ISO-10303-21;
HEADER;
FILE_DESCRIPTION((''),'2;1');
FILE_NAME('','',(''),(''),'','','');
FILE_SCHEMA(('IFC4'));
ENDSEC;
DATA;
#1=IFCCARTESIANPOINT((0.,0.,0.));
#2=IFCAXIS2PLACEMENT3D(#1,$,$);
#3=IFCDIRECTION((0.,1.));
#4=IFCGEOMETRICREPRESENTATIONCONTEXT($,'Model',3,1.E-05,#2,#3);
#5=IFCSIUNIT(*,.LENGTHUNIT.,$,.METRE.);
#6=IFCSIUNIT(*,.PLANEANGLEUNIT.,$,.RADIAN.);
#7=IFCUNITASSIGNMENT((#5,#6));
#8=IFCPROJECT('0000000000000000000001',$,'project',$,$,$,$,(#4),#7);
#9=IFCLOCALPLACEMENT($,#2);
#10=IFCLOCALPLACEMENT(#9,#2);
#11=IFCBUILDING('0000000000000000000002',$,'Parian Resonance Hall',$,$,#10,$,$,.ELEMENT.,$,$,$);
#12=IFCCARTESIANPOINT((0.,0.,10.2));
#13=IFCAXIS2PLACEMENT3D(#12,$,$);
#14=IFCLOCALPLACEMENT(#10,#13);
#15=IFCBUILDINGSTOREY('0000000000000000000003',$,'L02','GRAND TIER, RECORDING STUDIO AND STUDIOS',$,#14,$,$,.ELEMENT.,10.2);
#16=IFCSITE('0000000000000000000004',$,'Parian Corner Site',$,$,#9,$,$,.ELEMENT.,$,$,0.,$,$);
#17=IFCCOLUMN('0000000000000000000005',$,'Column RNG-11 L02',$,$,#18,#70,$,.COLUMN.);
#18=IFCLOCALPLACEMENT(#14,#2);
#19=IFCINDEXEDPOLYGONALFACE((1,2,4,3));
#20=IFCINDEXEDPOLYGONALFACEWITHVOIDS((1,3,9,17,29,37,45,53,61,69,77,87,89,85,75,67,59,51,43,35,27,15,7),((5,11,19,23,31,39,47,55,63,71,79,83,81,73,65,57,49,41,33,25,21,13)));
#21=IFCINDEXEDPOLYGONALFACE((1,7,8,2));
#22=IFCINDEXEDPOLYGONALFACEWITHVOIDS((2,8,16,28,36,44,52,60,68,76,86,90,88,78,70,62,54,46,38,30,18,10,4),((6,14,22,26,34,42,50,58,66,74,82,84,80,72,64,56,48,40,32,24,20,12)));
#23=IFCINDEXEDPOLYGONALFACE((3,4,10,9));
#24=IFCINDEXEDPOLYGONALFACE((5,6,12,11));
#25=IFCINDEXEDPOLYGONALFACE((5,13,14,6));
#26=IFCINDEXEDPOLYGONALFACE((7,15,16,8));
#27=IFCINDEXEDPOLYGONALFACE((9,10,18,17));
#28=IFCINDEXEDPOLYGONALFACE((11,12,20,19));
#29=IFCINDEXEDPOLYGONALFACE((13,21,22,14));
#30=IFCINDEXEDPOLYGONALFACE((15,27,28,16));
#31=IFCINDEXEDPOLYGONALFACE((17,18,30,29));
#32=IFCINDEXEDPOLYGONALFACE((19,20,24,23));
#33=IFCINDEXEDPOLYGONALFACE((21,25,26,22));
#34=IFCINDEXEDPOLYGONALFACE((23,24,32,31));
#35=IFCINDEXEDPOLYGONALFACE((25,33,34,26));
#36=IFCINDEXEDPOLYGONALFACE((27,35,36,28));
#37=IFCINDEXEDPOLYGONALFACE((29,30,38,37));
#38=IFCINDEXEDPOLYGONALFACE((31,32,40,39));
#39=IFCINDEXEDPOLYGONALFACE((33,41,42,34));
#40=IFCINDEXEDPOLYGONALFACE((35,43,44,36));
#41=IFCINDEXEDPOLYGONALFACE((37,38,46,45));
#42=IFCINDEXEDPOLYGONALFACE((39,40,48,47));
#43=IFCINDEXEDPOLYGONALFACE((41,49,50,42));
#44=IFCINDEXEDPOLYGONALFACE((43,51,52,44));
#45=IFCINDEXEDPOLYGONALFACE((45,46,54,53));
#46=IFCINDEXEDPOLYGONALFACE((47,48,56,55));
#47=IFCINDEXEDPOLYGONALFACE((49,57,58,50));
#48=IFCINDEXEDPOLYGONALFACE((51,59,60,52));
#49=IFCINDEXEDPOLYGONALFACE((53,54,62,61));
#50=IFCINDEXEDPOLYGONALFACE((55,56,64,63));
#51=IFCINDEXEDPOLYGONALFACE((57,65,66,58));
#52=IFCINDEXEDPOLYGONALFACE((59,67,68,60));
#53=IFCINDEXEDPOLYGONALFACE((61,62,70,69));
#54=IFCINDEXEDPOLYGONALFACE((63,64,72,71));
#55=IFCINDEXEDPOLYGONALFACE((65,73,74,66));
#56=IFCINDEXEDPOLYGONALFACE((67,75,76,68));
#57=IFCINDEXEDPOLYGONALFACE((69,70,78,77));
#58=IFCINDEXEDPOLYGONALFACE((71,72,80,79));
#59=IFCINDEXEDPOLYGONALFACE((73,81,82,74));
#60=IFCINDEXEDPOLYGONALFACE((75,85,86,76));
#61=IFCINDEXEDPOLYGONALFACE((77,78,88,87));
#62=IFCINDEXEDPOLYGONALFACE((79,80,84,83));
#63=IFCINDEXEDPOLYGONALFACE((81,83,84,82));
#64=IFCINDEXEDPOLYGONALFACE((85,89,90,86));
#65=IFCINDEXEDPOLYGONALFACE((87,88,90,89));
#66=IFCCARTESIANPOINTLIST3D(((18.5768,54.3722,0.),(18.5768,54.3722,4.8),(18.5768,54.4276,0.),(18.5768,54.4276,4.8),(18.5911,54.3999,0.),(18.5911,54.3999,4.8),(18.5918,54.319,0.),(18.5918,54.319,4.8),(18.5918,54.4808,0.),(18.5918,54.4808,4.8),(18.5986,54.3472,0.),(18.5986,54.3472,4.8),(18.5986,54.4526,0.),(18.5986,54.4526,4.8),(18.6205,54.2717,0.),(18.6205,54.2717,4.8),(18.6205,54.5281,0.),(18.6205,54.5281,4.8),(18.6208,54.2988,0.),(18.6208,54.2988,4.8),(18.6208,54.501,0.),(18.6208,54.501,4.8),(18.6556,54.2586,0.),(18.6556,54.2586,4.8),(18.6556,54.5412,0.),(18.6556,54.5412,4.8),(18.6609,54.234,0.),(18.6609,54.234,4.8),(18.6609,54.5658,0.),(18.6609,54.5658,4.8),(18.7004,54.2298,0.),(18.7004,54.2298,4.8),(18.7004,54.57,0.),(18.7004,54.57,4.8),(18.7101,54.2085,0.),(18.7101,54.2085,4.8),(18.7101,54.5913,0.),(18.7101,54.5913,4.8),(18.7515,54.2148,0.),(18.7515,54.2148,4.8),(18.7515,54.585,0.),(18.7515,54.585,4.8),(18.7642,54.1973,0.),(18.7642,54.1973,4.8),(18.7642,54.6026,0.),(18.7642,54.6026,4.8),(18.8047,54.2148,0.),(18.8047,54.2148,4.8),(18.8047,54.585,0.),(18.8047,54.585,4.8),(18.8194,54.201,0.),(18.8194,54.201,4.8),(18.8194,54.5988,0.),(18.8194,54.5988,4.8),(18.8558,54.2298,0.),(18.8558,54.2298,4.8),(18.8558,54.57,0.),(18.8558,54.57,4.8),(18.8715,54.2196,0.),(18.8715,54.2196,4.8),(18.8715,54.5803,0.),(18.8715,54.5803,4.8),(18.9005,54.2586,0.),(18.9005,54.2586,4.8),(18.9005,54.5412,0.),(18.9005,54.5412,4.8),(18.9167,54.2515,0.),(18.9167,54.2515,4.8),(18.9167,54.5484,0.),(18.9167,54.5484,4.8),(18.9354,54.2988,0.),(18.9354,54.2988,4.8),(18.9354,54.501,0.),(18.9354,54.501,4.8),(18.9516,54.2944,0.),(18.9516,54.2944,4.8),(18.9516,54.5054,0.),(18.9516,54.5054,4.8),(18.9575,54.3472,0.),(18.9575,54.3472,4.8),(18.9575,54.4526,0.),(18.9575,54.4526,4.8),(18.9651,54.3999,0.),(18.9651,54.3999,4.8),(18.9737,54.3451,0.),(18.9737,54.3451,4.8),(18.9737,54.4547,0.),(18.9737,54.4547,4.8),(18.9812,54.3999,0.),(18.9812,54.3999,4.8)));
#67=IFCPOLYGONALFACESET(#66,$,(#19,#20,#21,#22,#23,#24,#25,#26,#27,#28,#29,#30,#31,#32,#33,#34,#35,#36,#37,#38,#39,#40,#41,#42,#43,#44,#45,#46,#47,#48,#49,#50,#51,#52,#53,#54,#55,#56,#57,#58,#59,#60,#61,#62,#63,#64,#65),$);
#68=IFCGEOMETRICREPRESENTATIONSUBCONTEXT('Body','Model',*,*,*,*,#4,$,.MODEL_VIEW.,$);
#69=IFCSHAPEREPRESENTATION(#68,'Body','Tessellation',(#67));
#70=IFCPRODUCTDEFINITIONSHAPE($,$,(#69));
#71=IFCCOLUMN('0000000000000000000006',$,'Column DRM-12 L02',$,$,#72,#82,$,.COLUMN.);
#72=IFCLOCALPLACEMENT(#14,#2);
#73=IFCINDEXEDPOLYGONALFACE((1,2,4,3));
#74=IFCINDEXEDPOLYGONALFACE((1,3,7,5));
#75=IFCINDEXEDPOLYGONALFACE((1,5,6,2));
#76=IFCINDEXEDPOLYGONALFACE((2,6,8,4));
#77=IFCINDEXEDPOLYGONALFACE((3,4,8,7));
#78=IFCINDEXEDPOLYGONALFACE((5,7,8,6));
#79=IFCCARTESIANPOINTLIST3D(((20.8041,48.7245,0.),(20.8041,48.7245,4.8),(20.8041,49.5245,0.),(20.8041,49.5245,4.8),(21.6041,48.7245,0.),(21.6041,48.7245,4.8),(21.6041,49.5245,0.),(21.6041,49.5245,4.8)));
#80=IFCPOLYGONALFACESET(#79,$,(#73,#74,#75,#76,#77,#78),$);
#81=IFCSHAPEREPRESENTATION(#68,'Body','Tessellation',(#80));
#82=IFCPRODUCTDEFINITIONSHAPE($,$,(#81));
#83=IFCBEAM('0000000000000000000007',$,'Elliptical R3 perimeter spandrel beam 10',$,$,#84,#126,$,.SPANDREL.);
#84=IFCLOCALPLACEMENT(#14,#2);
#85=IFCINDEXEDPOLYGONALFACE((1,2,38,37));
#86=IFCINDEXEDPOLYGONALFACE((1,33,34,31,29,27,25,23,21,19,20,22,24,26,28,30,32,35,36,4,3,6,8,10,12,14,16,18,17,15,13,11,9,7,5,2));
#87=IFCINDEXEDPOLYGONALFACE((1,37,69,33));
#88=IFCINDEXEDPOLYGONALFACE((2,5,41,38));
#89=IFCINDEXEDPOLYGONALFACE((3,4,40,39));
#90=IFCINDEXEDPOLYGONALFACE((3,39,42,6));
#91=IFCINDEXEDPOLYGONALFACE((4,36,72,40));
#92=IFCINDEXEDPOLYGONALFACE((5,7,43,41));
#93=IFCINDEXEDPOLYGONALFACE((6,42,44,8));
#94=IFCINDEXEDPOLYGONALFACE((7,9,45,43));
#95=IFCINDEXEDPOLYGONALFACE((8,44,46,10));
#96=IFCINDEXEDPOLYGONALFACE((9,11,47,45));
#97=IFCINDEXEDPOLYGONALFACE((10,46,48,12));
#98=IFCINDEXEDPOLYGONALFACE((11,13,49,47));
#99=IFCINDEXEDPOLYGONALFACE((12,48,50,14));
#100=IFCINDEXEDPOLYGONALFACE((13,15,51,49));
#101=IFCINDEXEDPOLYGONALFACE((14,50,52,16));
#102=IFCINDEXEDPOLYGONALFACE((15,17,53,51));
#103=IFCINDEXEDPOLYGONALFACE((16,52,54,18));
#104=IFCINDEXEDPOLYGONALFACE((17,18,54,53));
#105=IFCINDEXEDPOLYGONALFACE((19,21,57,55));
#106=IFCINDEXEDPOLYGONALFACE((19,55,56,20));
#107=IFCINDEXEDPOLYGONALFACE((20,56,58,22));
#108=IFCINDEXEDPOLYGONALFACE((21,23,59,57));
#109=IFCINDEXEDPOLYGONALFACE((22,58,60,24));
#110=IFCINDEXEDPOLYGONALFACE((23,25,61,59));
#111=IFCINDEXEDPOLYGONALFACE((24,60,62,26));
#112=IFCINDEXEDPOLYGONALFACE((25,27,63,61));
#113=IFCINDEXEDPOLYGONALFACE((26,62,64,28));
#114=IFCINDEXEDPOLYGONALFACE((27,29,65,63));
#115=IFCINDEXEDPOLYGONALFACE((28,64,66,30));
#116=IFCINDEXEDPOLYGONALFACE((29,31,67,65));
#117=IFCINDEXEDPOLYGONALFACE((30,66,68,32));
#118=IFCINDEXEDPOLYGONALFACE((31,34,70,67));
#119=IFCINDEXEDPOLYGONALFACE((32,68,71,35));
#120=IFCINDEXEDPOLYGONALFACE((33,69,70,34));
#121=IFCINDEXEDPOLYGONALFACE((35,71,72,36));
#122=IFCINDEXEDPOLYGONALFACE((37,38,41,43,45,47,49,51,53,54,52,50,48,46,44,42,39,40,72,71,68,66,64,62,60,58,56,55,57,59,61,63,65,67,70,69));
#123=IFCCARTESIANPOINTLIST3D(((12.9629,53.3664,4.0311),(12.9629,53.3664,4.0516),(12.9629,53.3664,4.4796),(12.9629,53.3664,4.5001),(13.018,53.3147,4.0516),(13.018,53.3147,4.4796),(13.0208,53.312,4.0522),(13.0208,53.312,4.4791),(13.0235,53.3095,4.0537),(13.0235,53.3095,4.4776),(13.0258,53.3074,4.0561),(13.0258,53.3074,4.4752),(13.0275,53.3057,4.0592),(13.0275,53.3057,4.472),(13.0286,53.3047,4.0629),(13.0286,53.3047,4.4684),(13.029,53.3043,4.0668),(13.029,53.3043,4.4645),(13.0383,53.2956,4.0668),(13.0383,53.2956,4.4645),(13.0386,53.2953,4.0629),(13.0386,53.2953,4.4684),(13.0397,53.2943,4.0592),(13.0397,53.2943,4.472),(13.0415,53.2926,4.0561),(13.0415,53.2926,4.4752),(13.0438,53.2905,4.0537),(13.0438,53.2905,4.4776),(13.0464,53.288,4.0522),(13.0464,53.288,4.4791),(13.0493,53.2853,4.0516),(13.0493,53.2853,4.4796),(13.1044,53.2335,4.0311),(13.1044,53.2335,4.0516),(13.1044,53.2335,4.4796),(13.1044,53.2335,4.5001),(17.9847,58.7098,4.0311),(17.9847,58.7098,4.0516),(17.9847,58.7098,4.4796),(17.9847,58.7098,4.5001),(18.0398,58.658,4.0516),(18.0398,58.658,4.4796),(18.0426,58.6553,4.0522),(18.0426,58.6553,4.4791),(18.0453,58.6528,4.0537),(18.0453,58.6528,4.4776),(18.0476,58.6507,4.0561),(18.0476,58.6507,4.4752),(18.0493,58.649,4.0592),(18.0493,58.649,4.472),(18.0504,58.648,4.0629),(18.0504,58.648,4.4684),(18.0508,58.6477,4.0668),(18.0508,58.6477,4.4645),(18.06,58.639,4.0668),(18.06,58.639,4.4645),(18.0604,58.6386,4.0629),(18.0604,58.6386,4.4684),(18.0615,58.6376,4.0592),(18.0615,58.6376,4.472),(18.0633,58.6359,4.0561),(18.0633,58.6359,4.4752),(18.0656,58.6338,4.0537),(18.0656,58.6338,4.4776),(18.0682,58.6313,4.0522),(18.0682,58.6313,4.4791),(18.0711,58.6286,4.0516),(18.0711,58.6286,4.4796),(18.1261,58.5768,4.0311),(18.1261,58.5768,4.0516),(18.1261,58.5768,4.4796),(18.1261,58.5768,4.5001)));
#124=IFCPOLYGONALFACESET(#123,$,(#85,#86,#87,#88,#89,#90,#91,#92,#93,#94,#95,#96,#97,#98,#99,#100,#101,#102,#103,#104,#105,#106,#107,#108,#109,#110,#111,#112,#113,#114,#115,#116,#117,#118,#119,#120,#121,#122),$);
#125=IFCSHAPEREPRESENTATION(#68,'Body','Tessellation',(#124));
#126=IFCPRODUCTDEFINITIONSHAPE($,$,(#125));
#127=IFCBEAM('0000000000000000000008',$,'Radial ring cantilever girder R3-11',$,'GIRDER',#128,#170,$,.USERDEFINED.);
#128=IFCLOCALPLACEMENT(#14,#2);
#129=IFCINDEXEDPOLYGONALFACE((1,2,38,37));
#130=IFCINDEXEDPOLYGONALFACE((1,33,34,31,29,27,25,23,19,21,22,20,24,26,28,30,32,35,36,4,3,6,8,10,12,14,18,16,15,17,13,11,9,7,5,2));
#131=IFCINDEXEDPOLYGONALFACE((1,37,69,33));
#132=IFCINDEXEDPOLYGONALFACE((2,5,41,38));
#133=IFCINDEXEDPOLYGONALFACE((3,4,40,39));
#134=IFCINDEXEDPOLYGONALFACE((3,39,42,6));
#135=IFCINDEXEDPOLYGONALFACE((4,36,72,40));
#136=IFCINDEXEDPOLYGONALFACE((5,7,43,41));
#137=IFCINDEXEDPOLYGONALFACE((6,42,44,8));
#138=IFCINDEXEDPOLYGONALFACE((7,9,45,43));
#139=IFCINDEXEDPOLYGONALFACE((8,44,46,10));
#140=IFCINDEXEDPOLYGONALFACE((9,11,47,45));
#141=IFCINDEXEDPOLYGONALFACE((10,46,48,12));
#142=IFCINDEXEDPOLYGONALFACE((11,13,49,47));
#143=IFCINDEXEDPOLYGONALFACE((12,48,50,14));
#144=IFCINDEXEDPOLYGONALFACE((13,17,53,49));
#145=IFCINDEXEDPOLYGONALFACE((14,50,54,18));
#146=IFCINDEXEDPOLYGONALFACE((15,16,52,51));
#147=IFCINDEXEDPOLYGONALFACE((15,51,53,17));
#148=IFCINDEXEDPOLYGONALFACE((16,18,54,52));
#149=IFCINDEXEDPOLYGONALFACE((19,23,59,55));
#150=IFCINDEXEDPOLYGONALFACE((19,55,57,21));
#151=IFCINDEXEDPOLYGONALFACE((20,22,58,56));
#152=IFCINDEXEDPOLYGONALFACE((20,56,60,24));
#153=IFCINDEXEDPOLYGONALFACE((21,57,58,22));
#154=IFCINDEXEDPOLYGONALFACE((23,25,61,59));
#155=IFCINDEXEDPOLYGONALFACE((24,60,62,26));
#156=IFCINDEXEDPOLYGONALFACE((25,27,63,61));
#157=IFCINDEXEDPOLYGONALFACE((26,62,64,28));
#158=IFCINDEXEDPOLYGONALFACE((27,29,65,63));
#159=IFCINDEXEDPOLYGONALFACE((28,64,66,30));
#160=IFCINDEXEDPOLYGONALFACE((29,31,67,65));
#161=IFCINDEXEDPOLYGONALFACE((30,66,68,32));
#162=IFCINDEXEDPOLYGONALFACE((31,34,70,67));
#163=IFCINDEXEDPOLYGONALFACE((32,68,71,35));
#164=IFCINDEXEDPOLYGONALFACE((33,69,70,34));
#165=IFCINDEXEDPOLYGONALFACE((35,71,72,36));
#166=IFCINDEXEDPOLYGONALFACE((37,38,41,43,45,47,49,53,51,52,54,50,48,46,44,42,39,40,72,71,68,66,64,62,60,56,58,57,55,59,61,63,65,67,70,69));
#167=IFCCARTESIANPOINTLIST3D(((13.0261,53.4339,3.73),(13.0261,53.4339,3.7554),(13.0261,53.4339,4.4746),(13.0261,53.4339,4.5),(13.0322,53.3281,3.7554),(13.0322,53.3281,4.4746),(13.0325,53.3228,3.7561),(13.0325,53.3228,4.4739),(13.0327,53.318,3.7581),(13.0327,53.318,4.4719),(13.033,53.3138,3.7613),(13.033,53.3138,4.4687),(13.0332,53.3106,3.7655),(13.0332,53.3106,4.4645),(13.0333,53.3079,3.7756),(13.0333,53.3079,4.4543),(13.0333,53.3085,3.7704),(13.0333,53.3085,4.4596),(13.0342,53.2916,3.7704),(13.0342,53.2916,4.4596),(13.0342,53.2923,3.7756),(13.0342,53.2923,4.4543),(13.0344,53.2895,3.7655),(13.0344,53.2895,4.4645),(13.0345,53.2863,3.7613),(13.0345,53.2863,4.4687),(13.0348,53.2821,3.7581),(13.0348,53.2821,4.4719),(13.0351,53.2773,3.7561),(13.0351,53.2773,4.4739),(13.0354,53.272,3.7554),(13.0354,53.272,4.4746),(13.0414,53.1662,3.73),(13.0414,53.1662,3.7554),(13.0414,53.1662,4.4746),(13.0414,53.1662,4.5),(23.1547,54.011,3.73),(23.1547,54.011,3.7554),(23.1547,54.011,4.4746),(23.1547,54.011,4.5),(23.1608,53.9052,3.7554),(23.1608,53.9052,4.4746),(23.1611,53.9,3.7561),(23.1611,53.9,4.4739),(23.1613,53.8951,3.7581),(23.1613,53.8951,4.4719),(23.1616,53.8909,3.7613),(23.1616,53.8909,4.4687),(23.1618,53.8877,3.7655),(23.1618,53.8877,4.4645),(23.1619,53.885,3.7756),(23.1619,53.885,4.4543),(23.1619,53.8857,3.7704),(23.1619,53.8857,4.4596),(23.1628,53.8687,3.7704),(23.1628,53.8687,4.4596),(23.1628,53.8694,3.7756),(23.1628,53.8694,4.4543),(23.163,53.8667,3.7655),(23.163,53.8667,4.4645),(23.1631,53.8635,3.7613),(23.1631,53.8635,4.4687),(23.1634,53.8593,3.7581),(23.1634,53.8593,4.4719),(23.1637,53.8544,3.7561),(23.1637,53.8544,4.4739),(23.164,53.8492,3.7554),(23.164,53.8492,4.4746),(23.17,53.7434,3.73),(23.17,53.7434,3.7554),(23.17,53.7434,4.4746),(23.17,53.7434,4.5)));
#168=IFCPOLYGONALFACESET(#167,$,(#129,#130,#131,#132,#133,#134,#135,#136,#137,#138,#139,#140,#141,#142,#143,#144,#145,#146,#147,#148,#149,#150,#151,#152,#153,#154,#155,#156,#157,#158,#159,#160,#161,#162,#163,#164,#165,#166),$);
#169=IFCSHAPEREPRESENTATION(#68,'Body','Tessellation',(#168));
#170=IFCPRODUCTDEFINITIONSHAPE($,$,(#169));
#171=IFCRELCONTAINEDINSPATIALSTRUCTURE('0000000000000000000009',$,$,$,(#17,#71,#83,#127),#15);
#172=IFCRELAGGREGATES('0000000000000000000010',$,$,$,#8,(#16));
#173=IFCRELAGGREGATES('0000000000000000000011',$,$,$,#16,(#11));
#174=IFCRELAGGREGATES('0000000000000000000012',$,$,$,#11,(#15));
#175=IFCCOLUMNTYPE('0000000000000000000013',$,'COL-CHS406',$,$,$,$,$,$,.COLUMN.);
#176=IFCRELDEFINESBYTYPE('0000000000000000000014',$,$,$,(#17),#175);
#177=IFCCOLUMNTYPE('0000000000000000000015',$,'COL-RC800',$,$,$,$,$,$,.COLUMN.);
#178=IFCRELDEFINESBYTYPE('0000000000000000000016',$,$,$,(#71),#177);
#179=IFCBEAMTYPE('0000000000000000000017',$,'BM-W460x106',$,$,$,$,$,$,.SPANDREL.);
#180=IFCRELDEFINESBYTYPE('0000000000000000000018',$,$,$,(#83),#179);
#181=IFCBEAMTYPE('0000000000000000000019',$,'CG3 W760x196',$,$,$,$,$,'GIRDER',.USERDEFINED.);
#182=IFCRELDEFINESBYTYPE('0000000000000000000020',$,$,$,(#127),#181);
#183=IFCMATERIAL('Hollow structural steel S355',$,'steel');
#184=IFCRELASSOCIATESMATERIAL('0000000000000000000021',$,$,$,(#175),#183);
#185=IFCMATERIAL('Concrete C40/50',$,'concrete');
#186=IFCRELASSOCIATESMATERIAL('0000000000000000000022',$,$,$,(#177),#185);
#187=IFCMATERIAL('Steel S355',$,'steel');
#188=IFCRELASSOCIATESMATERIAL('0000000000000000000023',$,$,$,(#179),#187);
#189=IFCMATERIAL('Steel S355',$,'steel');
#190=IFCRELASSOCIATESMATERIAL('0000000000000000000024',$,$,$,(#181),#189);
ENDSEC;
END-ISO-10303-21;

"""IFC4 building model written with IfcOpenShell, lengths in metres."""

from ifc_helpers import new_model, si_unit, direction, frame, origin, origin_2d, place, context, subcontext, project, spatial, rectangle, hollow_circle, i_section, extrude, material, material_profile, profile_set, type_object, element, save


model = new_model("IFC4")

# Units and contexts
model_context = context("Model", 3, precision=1e-05, world=origin(), true_north=direction((0.0, 1.0)))
body_context = subcontext(model_context, "Body", "Model", "MODEL_VIEW")
ifc_project = project(units=[si_unit("LENGTHUNIT", "METRE"), si_unit("PLANEANGLEUNIT", "RADIAN")], contexts=[model_context])

# Site, building, storey
site_placement = place(None, origin())
site = spatial("IfcSite", under=ifc_project, at=site_placement, Name="Parian Corner Site", CompositionType="ELEMENT", RefElevation=0.0)
building_placement = place(site_placement, origin())
building = spatial("IfcBuilding", under=site, at=building_placement, Name="Parian Resonance Hall", CompositionType="ELEMENT")
storey_placement = place(building_placement, frame((0.0, 0.0, 10.2)))
storey = spatial("IfcBuildingStorey", under=building, at=storey_placement, Name="L02", Description="GRAND TIER, RECORDING STUDIO AND STUDIOS", CompositionType="ELEMENT", Elevation=10.2)

# Columns
ifc_material_1 = material(Name="Hollow structural steel S355", Category="steel")
ifc_material_profile_1 = material_profile(ifc_material_1, hollow_circle(Radius=0.2031, WallThickness=0.0161, at=origin_2d()), Name="CHS406.4x16")
ifc_profile_set_1 = profile_set([ifc_material_profile_1], Name="Hollow structural steel S355")
column_type_1 = type_object("IfcColumnType", Name="COL-CHS406", PredefinedType="COLUMN", material=ifc_profile_set_1)
column_1_placement = place(storey_placement, frame((18.7781, 54.3999, 0.0), z_axis=(0.0, 0.0, 1.0), x_axis=(1.0, 0.0, 0.0)))
element("IfcColumn", 1, at=column_1_placement, inside=storey, type_object=column_type_1, Name="Column RNG-11 L02", PredefinedType="COLUMN", context=body_context, shape_type="SweptSolid", body=[
    extrude(hollow_circle(Radius=0.2031, WallThickness=0.0161, at=origin_2d()), origin(), (0.0, 0.0, 1.0), 4.8),
])
ifc_material_2 = material(Name="Concrete C40/50", Category="concrete")
ifc_material_profile_2 = material_profile(ifc_material_2, rectangle(XDim=0.8, YDim=0.8, at=origin_2d()), Name="RC-COL-800x800")
ifc_profile_set_2 = profile_set([ifc_material_profile_2], Name="Concrete C40/50")
column_type_2 = type_object("IfcColumnType", Name="COL-RC800", PredefinedType="COLUMN", material=ifc_profile_set_2)
column_2_placement = place(storey_placement, frame((21.2041, 49.1245, 0.0), z_axis=(0.0, 0.0, 1.0), x_axis=(1.0, 0.0, 0.0)))
element("IfcColumn", 2, at=column_2_placement, inside=storey, type_object=column_type_2, Name="Column DRM-12 L02", PredefinedType="COLUMN", context=body_context, shape_type="SweptSolid", body=[
    extrude(rectangle(XDim=0.8, YDim=0.8, at=origin_2d()), origin(), (0.0, 0.0, 1.0), 4.8),
])

# Beams
ifc_material_3 = material(Name="Steel S355", Category="steel")
ifc_material_profile_3 = material_profile(ifc_material_3, i_section(OverallWidth=0.1941, OverallDepth=0.469, WebThickness=0.0127, FlangeThickness=0.0205, FilletRadius=0.0151, at=origin_2d()), Name="W460x106")
ifc_profile_set_3 = profile_set([ifc_material_profile_3], Name="Steel S355")
beam_type_1 = type_object("IfcBeamType", Name="BM-W460x106", PredefinedType="SPANDREL", material=ifc_profile_set_3)
beam_1_placement = place(storey_placement, frame((18.0554, 58.6433, 4.2656), z_axis=(-0.684842, -0.728691, 0.0), x_axis=(0.728691, -0.684842, 0.0)))
element("IfcBeam", 3, at=beam_1_placement, inside=storey, type_object=beam_type_1, Name="Elliptical R3 perimeter spandrel beam 10", PredefinedType="SPANDREL", context=body_context, shape_type="SweptSolid", body=[
    extrude(i_section(OverallWidth=0.1941, OverallDepth=0.469, WebThickness=0.0127, FlangeThickness=0.0205, FilletRadius=0.0151, at=origin_2d()), origin(), (0.0, 0.0, 1.0), 7.3328),
])
ifc_material_4 = material(Name="Steel S355", Category="steel")
ifc_material_profile_4 = material_profile(ifc_material_4, i_section(OverallWidth=0.2681, OverallDepth=0.77, WebThickness=0.0156, FlangeThickness=0.0254, FilletRadius=0.0203, at=origin_2d()), Name="W760x196")
ifc_profile_set_4 = profile_set([ifc_material_profile_4], Name="Steel S355")
beam_type_2 = type_object("IfcBeamType", Name="CG3 W760x196", ElementType="GIRDER", PredefinedType="USERDEFINED", material=ifc_profile_set_4)
beam_2_placement = place(storey_placement, frame((23.1624, 53.8772, 4.115), z_axis=(-0.99838, -0.056889, 0.0), x_axis=(0.056889, -0.99838, 0.0)))
element("IfcBeam", 4, at=beam_2_placement, inside=storey, type_object=beam_type_2, Name="Radial ring cantilever girder R3-11", ObjectType="GIRDER", PredefinedType="USERDEFINED", context=body_context, shape_type="SweptSolid", body=[
    extrude(i_section(OverallWidth=0.2681, OverallDepth=0.77, WebThickness=0.0156, FlangeThickness=0.0254, FilletRadius=0.0203, at=origin_2d()), origin(), (0.0, 0.0, 1.0), 10.145),
])

save(model, "model.ifc")
